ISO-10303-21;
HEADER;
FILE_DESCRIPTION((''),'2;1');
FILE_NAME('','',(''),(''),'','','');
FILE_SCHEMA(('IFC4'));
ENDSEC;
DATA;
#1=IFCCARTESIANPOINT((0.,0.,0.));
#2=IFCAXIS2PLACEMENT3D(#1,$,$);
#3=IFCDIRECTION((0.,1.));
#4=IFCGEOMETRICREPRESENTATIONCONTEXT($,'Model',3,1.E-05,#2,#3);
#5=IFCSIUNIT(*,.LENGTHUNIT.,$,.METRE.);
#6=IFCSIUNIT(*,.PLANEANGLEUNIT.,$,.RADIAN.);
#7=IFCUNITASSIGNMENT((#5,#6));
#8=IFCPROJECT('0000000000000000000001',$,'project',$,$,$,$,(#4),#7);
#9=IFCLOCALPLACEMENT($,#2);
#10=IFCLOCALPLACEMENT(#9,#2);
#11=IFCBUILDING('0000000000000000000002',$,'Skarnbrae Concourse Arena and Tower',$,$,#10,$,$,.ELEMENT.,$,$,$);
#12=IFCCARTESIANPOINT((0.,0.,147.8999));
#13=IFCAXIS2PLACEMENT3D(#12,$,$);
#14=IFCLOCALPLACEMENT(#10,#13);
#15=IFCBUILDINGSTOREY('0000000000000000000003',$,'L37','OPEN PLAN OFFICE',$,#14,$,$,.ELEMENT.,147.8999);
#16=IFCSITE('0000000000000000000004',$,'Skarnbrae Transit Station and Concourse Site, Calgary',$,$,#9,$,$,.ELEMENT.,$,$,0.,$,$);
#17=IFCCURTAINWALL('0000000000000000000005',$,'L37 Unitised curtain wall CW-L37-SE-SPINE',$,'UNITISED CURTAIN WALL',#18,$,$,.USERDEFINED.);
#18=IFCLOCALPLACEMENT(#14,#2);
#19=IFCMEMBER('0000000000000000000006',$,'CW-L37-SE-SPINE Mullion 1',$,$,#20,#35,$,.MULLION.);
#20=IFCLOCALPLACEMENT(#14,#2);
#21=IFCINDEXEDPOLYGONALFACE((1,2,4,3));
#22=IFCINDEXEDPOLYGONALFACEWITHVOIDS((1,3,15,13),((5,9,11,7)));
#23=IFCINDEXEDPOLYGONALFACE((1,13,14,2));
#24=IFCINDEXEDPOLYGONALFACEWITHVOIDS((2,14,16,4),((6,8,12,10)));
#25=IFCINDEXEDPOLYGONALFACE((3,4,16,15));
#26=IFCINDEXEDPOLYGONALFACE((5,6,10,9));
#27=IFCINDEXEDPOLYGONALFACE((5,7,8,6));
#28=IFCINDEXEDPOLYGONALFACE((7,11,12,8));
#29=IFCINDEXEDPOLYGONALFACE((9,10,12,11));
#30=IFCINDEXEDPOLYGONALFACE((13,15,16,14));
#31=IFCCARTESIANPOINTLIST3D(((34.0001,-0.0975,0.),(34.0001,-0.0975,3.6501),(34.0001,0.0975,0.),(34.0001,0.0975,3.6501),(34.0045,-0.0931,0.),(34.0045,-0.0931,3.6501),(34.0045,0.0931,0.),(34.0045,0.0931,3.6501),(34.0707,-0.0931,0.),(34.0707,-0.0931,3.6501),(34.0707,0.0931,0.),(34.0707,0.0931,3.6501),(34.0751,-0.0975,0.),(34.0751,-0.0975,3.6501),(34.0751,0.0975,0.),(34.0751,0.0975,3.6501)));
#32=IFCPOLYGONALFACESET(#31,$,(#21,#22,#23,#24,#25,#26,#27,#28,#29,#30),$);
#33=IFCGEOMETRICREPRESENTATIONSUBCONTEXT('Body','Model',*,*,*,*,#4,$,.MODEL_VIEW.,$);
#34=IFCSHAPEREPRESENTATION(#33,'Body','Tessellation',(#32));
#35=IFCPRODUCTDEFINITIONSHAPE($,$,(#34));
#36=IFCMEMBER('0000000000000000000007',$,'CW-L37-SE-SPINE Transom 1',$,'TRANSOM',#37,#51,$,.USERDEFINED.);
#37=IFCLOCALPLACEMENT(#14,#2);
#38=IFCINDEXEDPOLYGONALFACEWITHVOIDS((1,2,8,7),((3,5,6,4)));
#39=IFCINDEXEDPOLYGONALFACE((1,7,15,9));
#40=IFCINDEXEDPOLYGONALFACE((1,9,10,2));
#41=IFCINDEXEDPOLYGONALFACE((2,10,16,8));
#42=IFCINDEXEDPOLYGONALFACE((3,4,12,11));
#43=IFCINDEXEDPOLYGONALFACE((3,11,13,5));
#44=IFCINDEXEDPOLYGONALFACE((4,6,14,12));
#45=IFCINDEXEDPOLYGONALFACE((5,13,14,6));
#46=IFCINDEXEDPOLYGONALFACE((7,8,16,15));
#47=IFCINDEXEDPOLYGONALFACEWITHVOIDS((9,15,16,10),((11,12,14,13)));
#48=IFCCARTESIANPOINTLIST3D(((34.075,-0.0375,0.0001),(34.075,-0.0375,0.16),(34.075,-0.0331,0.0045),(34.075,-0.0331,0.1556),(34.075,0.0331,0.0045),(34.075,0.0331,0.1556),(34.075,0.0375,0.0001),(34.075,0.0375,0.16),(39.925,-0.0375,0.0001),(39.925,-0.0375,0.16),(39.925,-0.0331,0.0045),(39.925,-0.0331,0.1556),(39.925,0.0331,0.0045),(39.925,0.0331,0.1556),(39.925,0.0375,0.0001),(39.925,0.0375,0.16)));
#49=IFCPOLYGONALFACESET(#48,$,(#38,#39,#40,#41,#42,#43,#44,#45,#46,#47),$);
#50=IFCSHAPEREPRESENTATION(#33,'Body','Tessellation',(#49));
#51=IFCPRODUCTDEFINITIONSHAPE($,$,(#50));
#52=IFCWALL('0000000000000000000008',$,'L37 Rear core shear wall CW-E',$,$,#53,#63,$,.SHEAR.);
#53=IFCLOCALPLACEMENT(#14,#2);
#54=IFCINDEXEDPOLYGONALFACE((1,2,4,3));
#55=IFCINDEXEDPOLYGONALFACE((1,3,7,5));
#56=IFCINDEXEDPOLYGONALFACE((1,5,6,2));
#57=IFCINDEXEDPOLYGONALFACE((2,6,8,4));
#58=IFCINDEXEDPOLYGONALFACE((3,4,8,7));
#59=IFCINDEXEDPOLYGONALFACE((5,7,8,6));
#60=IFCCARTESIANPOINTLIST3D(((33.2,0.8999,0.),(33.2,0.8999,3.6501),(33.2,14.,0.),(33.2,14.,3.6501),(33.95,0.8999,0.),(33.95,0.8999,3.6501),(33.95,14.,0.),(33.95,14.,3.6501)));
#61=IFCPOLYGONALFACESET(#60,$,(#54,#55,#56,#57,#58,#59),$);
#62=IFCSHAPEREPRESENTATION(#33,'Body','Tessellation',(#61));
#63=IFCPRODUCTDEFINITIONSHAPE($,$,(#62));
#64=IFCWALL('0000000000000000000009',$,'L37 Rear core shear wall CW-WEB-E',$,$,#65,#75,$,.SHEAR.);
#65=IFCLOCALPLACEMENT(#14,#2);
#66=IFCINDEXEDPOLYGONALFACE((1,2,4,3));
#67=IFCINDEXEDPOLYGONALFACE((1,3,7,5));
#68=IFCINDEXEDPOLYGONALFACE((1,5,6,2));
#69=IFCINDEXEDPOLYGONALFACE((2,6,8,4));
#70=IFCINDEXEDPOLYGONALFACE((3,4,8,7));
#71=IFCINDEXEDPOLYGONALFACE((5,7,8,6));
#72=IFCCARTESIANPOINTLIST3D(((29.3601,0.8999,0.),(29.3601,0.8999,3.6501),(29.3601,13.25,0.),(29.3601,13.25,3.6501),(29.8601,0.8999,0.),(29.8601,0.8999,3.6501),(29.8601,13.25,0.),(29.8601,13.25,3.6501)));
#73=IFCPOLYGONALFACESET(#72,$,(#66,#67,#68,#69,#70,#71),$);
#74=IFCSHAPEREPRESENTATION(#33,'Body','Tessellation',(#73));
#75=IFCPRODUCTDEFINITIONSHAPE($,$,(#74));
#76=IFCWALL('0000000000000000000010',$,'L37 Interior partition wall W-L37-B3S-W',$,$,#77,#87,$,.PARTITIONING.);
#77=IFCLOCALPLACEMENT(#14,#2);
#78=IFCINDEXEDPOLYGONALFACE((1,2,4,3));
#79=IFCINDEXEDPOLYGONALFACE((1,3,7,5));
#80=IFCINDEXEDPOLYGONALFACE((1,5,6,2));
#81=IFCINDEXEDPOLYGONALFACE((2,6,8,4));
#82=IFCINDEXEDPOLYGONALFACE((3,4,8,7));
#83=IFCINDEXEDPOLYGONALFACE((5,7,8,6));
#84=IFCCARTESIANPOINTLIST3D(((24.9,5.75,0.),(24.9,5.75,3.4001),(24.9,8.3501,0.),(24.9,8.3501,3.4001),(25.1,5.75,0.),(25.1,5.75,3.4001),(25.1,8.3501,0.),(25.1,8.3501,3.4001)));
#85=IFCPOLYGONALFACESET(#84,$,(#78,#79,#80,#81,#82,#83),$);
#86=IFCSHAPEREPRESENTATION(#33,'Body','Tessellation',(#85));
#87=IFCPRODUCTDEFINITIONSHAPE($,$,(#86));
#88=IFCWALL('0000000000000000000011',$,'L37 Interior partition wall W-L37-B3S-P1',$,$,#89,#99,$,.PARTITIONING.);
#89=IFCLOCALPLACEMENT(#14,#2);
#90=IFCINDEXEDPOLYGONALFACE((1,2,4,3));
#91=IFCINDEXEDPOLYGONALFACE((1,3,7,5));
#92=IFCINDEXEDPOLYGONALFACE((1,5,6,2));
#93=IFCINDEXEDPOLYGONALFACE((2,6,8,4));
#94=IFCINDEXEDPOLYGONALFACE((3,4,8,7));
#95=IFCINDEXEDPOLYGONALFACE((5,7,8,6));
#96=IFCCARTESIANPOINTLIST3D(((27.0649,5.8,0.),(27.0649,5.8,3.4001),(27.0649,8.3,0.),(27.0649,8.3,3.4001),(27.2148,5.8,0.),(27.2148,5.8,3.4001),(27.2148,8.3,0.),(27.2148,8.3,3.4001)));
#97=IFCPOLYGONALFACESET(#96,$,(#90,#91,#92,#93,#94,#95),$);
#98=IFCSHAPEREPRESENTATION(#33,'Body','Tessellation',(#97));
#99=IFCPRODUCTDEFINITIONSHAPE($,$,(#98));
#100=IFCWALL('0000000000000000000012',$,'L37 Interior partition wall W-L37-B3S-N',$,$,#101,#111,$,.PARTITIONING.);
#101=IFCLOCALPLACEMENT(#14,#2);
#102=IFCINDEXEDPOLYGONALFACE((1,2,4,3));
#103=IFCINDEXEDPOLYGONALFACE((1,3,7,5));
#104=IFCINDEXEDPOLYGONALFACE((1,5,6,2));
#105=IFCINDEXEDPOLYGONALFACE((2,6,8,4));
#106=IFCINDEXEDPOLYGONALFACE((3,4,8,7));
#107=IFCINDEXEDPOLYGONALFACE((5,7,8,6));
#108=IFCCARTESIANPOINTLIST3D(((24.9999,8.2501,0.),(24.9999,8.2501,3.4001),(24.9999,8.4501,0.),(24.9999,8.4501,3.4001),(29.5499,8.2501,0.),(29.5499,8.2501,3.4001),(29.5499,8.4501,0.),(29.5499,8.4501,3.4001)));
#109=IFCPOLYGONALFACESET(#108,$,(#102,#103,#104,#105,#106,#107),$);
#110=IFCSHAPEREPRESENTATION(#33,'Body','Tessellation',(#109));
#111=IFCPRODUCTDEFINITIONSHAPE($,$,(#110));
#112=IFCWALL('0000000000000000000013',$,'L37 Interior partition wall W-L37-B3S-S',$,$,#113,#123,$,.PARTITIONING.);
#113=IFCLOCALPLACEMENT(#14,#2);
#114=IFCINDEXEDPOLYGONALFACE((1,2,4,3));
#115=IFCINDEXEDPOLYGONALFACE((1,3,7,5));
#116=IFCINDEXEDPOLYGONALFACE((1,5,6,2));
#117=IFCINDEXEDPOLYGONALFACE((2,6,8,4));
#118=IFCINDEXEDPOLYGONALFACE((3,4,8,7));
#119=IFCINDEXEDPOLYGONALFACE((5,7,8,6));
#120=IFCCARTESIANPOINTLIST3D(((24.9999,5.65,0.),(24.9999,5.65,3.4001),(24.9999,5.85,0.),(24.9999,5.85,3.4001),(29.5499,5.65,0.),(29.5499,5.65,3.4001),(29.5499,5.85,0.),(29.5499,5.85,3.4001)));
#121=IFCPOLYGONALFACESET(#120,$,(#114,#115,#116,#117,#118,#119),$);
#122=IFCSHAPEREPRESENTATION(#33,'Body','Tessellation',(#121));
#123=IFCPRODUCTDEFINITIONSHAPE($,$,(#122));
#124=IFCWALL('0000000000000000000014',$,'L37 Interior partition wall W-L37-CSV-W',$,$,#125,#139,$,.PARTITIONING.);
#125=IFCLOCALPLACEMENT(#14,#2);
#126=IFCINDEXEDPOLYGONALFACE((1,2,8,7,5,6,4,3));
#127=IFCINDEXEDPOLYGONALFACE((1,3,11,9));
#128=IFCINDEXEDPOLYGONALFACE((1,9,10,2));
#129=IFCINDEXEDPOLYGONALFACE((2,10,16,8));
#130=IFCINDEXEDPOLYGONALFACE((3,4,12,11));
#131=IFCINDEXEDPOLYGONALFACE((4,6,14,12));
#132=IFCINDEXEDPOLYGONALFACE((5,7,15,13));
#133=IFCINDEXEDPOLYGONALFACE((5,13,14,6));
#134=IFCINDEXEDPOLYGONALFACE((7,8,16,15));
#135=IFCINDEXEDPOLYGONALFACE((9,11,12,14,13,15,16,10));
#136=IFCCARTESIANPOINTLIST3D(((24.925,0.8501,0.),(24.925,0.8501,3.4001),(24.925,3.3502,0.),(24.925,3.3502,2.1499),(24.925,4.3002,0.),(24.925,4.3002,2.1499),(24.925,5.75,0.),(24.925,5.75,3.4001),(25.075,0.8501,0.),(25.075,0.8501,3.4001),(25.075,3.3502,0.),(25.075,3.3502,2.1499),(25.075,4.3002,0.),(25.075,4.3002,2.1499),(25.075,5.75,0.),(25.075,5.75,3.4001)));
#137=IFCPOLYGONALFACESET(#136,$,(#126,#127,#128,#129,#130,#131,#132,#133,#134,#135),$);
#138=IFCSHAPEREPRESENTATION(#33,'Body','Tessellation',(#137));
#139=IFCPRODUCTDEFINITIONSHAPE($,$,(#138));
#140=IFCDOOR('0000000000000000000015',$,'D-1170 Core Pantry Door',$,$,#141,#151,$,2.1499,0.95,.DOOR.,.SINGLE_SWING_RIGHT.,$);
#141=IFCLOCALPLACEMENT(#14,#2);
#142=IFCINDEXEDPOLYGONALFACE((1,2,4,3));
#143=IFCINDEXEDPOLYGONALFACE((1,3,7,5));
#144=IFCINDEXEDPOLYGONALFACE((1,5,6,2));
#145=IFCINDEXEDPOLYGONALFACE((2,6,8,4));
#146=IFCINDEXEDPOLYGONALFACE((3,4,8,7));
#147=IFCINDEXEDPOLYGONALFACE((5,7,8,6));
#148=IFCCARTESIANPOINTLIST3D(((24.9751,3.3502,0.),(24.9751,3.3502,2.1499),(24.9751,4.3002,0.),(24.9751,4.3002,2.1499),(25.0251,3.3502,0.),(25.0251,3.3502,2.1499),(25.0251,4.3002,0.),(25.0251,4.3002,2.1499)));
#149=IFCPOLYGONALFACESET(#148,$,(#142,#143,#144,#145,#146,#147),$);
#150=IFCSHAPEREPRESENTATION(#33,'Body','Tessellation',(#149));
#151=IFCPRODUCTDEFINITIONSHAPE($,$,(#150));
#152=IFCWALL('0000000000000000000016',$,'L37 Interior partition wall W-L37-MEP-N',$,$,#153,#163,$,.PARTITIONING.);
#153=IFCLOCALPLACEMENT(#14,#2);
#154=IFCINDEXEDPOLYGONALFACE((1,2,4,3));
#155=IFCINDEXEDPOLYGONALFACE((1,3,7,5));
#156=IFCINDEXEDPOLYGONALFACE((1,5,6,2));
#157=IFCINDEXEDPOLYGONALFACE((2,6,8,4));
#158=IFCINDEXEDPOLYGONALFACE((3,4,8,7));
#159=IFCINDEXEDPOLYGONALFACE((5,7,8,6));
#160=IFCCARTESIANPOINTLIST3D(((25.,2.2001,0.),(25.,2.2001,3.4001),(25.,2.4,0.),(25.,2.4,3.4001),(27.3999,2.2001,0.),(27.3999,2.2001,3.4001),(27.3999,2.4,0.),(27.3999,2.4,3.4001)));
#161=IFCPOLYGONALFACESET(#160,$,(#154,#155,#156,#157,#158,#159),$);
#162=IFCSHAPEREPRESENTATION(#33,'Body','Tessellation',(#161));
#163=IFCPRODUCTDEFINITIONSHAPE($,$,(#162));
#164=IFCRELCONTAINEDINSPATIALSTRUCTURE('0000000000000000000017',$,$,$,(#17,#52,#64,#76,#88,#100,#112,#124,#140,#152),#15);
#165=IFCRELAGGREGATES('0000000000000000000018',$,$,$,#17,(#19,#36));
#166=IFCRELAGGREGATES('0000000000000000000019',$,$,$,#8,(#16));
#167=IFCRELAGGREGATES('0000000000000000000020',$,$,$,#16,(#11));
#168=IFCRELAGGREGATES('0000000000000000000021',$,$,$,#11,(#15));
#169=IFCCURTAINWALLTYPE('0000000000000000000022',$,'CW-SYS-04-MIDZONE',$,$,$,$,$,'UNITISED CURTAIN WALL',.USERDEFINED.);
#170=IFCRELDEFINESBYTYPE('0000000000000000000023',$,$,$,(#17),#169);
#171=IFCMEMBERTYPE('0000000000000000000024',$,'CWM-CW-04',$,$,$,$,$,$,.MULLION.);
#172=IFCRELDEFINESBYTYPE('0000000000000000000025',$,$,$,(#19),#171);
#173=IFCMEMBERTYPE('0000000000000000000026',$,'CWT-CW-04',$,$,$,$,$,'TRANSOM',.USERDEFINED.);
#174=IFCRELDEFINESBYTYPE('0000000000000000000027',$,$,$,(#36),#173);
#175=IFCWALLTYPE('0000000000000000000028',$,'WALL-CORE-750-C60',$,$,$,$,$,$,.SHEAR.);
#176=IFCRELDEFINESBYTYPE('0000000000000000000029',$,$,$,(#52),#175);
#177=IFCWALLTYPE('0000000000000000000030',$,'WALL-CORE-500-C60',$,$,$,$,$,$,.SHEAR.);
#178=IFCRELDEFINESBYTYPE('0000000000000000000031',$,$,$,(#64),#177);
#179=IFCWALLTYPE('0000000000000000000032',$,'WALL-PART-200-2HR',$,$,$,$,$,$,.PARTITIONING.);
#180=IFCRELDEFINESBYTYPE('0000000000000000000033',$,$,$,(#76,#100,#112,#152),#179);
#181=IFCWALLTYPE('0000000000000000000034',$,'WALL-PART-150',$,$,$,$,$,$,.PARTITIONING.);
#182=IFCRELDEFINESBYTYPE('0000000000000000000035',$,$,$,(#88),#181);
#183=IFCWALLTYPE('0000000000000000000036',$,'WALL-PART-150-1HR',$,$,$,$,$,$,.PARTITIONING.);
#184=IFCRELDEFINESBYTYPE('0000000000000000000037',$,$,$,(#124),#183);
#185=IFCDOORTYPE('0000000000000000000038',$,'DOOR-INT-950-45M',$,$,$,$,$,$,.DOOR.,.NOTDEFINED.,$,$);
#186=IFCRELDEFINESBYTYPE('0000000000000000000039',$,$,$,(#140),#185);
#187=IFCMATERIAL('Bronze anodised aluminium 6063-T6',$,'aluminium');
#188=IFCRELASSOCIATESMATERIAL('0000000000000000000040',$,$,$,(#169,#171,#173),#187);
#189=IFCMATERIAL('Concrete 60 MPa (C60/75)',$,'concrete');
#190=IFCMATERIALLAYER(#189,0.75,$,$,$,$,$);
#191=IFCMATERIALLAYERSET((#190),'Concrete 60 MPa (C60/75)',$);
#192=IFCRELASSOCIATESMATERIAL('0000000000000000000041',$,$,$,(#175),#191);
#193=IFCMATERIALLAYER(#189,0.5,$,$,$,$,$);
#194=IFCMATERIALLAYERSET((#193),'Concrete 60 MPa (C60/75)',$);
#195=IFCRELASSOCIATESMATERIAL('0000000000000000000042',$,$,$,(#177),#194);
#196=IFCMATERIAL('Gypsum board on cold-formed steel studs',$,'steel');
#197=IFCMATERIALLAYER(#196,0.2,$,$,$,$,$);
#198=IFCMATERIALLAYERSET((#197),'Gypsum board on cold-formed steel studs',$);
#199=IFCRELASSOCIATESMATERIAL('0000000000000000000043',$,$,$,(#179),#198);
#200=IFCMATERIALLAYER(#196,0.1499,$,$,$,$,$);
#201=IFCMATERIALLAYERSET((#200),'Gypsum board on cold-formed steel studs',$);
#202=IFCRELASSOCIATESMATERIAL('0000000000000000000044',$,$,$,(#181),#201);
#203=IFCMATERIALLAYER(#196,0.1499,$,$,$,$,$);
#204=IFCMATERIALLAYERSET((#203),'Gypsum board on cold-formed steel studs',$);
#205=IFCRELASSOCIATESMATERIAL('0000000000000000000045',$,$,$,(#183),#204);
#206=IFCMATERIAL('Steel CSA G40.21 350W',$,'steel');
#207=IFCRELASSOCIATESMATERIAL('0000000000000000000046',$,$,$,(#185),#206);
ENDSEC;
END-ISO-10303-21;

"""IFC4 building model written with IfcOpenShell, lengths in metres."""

from ifc_helpers import new_model, si_unit, direction, frame, frame_2d, origin, origin_2d, place, context, subcontext, project, spatial, rectangle, hollow_rectangle, extrude, source, transform, mapped, material, layer, layer_set, material_profile, profile_set, type_object, element, fill, aggregate, save


model = new_model("IFC4")

# Units and contexts
model_context = context("Model", 3, precision=1e-05, world=origin(), true_north=direction((0.0, 1.0)))
body_context = subcontext(model_context, "Body", "Model", "MODEL_VIEW")
ifc_project = project(units=[si_unit("LENGTHUNIT", "METRE"), si_unit("PLANEANGLEUNIT", "RADIAN")], contexts=[model_context])

# Site, building, storey
site_placement = place(None, origin())
site = spatial("IfcSite", under=ifc_project, at=site_placement, Name="Skarnbrae Transit Station and Concourse Site, Calgary", CompositionType="ELEMENT", RefElevation=0.0)
building_placement = place(site_placement, origin())
building = spatial("IfcBuilding", under=site, at=building_placement, Name="Skarnbrae Concourse Arena and Tower", CompositionType="ELEMENT")
storey_placement = place(building_placement, frame((0.0, 0.0, 147.8999)))
storey = spatial("IfcBuildingStorey", under=building, at=storey_placement, Name="L37", Description="OPEN PLAN OFFICE", CompositionType="ELEMENT", Elevation=147.8999)

# Curtain wall, members
ifc_material_1 = material(Name="Bronze anodised aluminium 6063-T6", Category="aluminium")
curtain_wall_type = type_object("IfcCurtainWallType", Name="CW-SYS-04-MIDZONE", ElementType="UNITISED CURTAIN WALL", PredefinedType="USERDEFINED", material=ifc_material_1)
curtain_wall_placement = place(storey_placement, origin())
curtain_wall = element("IfcCurtainWall", 1, at=curtain_wall_placement, inside=storey, type_object=curtain_wall_type, Name="L37 Unitised curtain wall CW-L37-SE-SPINE", ObjectType="UNITISED CURTAIN WALL", PredefinedType="USERDEFINED")
ifc_material_profile_1 = material_profile(ifc_material_1, hollow_rectangle(XDim=0.075, YDim=0.1951, WallThickness=0.0044, at=origin_2d()), Name="ALU-MULL-75X195")
ifc_profile_set_1 = profile_set([ifc_material_profile_1], Name="Bronze anodised aluminium 6063-T6")
member_type_1 = type_object("IfcMemberType", Name="CWM-CW-04", PredefinedType="MULLION", material=ifc_profile_set_1)
shared_shape_1 = source(origin(), body_context, "Body", "SweptSolid", [
    extrude(hollow_rectangle(XDim=0.075, YDim=0.1951, WallThickness=0.0044, at=origin_2d()), origin(), (0.0, 0.0, 1.0), 3.6501),
])
member_1_placement = place(storey_placement, frame((34.0376, 0.0, 0.0), z_axis=(0.0, 0.0, 1.0), x_axis=(1.0, 0.0, 0.0)))
member_1 = element("IfcMember", 2, at=member_1_placement, type_object=member_type_1, Name="CW-L37-SE-SPINE Mullion 1", PredefinedType="MULLION", context=body_context, shape_type="MappedRepresentation", body=[
    mapped(shared_shape_1, transform((0.0, 0.0, 0.0))),
])
ifc_material_profile_2 = material_profile(ifc_material_1, hollow_rectangle(XDim=0.075, YDim=0.1599, WallThickness=0.0044, at=origin_2d()), Name="ALU-TRAN-75X160")
ifc_profile_set_2 = profile_set([ifc_material_profile_2], Name="Bronze anodised aluminium 6063-T6")
member_type_2 = type_object("IfcMemberType", Name="CWT-CW-04", ElementType="TRANSOM", PredefinedType="USERDEFINED", material=ifc_profile_set_2)
shared_shape_2 = source(origin(), body_context, "Body", "SweptSolid", [
    extrude(hollow_rectangle(XDim=0.075, YDim=0.1599, WallThickness=0.0044, at=origin_2d()), origin(), (0.0, 0.0, 1.0), 5.8501),
])
member_2_placement = place(storey_placement, frame((34.075, 0.0, 0.0801), z_axis=(1.0, 0.0, 0.0), x_axis=(0.0, 1.0, 0.0)))
member_2 = element("IfcMember", 3, at=member_2_placement, type_object=member_type_2, Name="CW-L37-SE-SPINE Transom 1", ObjectType="TRANSOM", PredefinedType="USERDEFINED", context=body_context, shape_type="MappedRepresentation", body=[
    mapped(shared_shape_2, transform((0.0, 0.0, 0.0))),
])
aggregate(curtain_wall, [member_1, member_2])

# Walls
ifc_material_2 = material(Name="Concrete 60 MPa (C60/75)", Category="concrete")
ifc_layer_1 = layer(ifc_material_2, 0.75)
ifc_layer_set_1 = layer_set([ifc_layer_1], Name="Concrete 60 MPa (C60/75)")
wall_type_1 = type_object("IfcWallType", Name="WALL-CORE-750-C60", PredefinedType="SHEAR", material=ifc_layer_set_1)
shared_shape_3 = source(origin(), body_context, "Body", "SweptSolid", [
    extrude(rectangle(XDim=13.1001, YDim=0.75, at=frame_2d((6.55, 0.0))), origin(), (0.0, 0.0, 1.0), 3.6501),
])
wall_1_placement = place(storey_placement, frame((33.575, 0.8999, 0.0), z_axis=(0.0, 0.0, 1.0), x_axis=(0.0, 1.0, 0.0)))
element("IfcWall", 4, at=wall_1_placement, inside=storey, type_object=wall_type_1, Name="L37 Rear core shear wall CW-E", PredefinedType="SHEAR", context=body_context, shape_type="MappedRepresentation", body=[
    mapped(shared_shape_3, transform((0.0, 0.0, 0.0))),
])
ifc_layer_2 = layer(ifc_material_2, 0.5)
ifc_layer_set_2 = layer_set([ifc_layer_2], Name="Concrete 60 MPa (C60/75)")
wall_type_2 = type_object("IfcWallType", Name="WALL-CORE-500-C60", PredefinedType="SHEAR", material=ifc_layer_set_2)
shared_shape_4 = source(origin(), body_context, "Body", "SweptSolid", [
    extrude(rectangle(XDim=12.3501, YDim=0.5, at=frame_2d((6.175, 0.0))), origin(), (0.0, 0.0, 1.0), 3.6501),
])
wall_2_placement = place(storey_placement, frame((29.6101, 0.8999, 0.0), z_axis=(0.0, 0.0, 1.0), x_axis=(0.0, 1.0, 0.0)))
element("IfcWall", 5, at=wall_2_placement, inside=storey, type_object=wall_type_2, Name="L37 Rear core shear wall CW-WEB-E", PredefinedType="SHEAR", context=body_context, shape_type="MappedRepresentation", body=[
    mapped(shared_shape_4, transform((0.0, 0.0, 0.0))),
])
ifc_material_3 = material(Name="Gypsum board on cold-formed steel studs", Category="steel")
ifc_layer_3 = layer(ifc_material_3, 0.2)
ifc_layer_set_3 = layer_set([ifc_layer_3], Name="Gypsum board on cold-formed steel studs")
wall_type_3 = type_object("IfcWallType", Name="WALL-PART-200-2HR", PredefinedType="PARTITIONING", material=ifc_layer_set_3)
shared_shape_5 = source(origin(), body_context, "Body", "SweptSolid", [
    extrude(rectangle(XDim=2.6001, YDim=0.2, at=frame_2d((1.3, 0.0))), origin(), (0.0, 0.0, 1.0), 3.4001),
])
wall_3_placement = place(storey_placement, frame((25.0, 5.75, 0.0), z_axis=(0.0, 0.0, 1.0), x_axis=(0.0, 1.0, 0.0)))
element("IfcWall", 6, at=wall_3_placement, inside=storey, type_object=wall_type_3, Name="L37 Interior partition wall W-L37-B3S-W", PredefinedType="PARTITIONING", context=body_context, shape_type="MappedRepresentation", body=[
    mapped(shared_shape_5, transform((0.0, 0.0, 0.0))),
])
ifc_layer_4 = layer(ifc_material_3, 0.1499)
ifc_layer_set_4 = layer_set([ifc_layer_4], Name="Gypsum board on cold-formed steel studs")
wall_type_4 = type_object("IfcWallType", Name="WALL-PART-150", PredefinedType="PARTITIONING", material=ifc_layer_set_4)
shared_shape_6 = source(origin(), body_context, "Body", "SweptSolid", [
    extrude(rectangle(XDim=2.5, YDim=0.1499, at=frame_2d((1.25, 0.0))), origin(), (0.0, 0.0, 1.0), 3.4001),
])
wall_4_placement = place(storey_placement, frame((27.1399, 5.8, 0.0), z_axis=(0.0, 0.0, 1.0), x_axis=(0.0, 1.0, 0.0)))
element("IfcWall", 7, at=wall_4_placement, inside=storey, type_object=wall_type_4, Name="L37 Interior partition wall W-L37-B3S-P1", PredefinedType="PARTITIONING", context=body_context, shape_type="MappedRepresentation", body=[
    mapped(shared_shape_6, transform((0.0, 0.0, 0.0))),
])
shared_shape_7 = source(origin(), body_context, "Body", "SweptSolid", [
    extrude(rectangle(XDim=4.55, YDim=0.2, at=frame_2d((2.2749, 0.0))), origin(), (0.0, 0.0, 1.0), 3.4001),
])
for number, where, z_axis, x_axis, name in (
    (8, (25.0, 8.3501, 0.0), (0.0, 0.0, 1.0), (1.0, 0.0, 0.0), "L37 Interior partition wall W-L37-B3S-N"),
    (9, (25.0, 5.75, 0.0), (0.0, 0.0, 1.0), (1.0, 0.0, 0.0), "L37 Interior partition wall W-L37-B3S-S"),
):
    element("IfcWall", number, at=place(storey_placement, frame(where, z_axis=z_axis, x_axis=x_axis)), inside=storey, type_object=wall_type_3, Name=name, PredefinedType="PARTITIONING", context=body_context, shape_type="MappedRepresentation", body=[
        mapped(shared_shape_7, transform((0.0, 0.0, 0.0))),
    ])

# Wall, opening, door
ifc_layer_5 = layer(ifc_material_3, 0.1499)
ifc_layer_set_5 = layer_set([ifc_layer_5], Name="Gypsum board on cold-formed steel studs")
wall_type_5 = type_object("IfcWallType", Name="WALL-PART-150-1HR", PredefinedType="PARTITIONING", material=ifc_layer_set_5)
shared_shape_8 = source(origin(), body_context, "Body", "SweptSolid", [
    extrude(rectangle(XDim=4.8999, YDim=0.1499, at=frame_2d((2.45, 0.0))), origin(), (0.0, 0.0, 1.0), 3.4001),
])
wall_5_placement = place(storey_placement, frame((25.0, 0.8501, 0.0), z_axis=(0.0, 0.0, 1.0), x_axis=(0.0, 1.0, 0.0)))
wall_5 = element("IfcWall", 10, at=wall_5_placement, inside=storey, type_object=wall_type_5, Name="L37 Interior partition wall W-L37-CSV-W", PredefinedType="PARTITIONING", context=body_context, shape_type="MappedRepresentation", body=[
    mapped(shared_shape_8, transform((0.0, 0.0, 0.0))),
])
opening_1_placement = place(wall_5_placement, frame((2.5, 0.0, 0.0)))
opening_1 = element("IfcOpeningElement", 11, at=opening_1_placement, cuts=wall_5, PredefinedType="OPENING", context=body_context, shape_type="SweptSolid", body=[
    extrude(rectangle(XDim=0.95, YDim=2.1499, at=frame_2d((0.4751, 1.075))), frame((0.0, 0.085, 0.0), z_axis=(0.0, -1.0, 0.0), x_axis=(1.0, 0.0, 0.0)), (0.0, 0.0, 1.0), 0.1699),
])
ifc_material_4 = material(Name="Steel CSA G40.21 350W", Category="steel")
door_type_1 = type_object("IfcDoorType", Name="DOOR-INT-950-45M", OperationType="NOTDEFINED", PredefinedType="DOOR", material=ifc_material_4)
shared_shape_9 = source(origin(), body_context, "Body", "SweptSolid", [
    extrude(rectangle(XDim=0.95, YDim=2.1499, at=frame_2d((0.4751, 1.075))), frame((0.0, 0.0249, 0.0), z_axis=(0.0, -1.0, 0.0), x_axis=(1.0, 0.0, 0.0)), (0.0, 0.0, 1.0), 0.05),
])
door_1_placement = place(opening_1_placement, origin())
door_1 = element("IfcDoor", 12, at=door_1_placement, inside=storey, type_object=door_type_1, Name="D-1170 Core Pantry Door", OperationType="SINGLE_SWING_RIGHT", OverallHeight=2.1499, OverallWidth=0.95, PredefinedType="DOOR", context=body_context, shape_type="MappedRepresentation", body=[
    mapped(shared_shape_9, transform((0.0, 0.0, 0.0))),
])
fill(opening_1, door_1)

# Wall
shared_shape_10 = source(origin(), body_context, "Body", "SweptSolid", [
    extrude(rectangle(XDim=2.3999, YDim=0.2, at=frame_2d((1.2, 0.0))), origin(), (0.0, 0.0, 1.0), 3.4001),
])
wall_6_placement = place(storey_placement, frame((25.0, 2.3, 0.0), z_axis=(0.0, 0.0, 1.0), x_axis=(1.0, 0.0, 0.0)))
element("IfcWall", 13, at=wall_6_placement, inside=storey, type_object=wall_type_3, Name="L37 Interior partition wall W-L37-MEP-N", PredefinedType="PARTITIONING", context=body_context, shape_type="MappedRepresentation", body=[
    mapped(shared_shape_10, transform((0.0, 0.0, 0.0))),
])

save(model, "model.ifc")
